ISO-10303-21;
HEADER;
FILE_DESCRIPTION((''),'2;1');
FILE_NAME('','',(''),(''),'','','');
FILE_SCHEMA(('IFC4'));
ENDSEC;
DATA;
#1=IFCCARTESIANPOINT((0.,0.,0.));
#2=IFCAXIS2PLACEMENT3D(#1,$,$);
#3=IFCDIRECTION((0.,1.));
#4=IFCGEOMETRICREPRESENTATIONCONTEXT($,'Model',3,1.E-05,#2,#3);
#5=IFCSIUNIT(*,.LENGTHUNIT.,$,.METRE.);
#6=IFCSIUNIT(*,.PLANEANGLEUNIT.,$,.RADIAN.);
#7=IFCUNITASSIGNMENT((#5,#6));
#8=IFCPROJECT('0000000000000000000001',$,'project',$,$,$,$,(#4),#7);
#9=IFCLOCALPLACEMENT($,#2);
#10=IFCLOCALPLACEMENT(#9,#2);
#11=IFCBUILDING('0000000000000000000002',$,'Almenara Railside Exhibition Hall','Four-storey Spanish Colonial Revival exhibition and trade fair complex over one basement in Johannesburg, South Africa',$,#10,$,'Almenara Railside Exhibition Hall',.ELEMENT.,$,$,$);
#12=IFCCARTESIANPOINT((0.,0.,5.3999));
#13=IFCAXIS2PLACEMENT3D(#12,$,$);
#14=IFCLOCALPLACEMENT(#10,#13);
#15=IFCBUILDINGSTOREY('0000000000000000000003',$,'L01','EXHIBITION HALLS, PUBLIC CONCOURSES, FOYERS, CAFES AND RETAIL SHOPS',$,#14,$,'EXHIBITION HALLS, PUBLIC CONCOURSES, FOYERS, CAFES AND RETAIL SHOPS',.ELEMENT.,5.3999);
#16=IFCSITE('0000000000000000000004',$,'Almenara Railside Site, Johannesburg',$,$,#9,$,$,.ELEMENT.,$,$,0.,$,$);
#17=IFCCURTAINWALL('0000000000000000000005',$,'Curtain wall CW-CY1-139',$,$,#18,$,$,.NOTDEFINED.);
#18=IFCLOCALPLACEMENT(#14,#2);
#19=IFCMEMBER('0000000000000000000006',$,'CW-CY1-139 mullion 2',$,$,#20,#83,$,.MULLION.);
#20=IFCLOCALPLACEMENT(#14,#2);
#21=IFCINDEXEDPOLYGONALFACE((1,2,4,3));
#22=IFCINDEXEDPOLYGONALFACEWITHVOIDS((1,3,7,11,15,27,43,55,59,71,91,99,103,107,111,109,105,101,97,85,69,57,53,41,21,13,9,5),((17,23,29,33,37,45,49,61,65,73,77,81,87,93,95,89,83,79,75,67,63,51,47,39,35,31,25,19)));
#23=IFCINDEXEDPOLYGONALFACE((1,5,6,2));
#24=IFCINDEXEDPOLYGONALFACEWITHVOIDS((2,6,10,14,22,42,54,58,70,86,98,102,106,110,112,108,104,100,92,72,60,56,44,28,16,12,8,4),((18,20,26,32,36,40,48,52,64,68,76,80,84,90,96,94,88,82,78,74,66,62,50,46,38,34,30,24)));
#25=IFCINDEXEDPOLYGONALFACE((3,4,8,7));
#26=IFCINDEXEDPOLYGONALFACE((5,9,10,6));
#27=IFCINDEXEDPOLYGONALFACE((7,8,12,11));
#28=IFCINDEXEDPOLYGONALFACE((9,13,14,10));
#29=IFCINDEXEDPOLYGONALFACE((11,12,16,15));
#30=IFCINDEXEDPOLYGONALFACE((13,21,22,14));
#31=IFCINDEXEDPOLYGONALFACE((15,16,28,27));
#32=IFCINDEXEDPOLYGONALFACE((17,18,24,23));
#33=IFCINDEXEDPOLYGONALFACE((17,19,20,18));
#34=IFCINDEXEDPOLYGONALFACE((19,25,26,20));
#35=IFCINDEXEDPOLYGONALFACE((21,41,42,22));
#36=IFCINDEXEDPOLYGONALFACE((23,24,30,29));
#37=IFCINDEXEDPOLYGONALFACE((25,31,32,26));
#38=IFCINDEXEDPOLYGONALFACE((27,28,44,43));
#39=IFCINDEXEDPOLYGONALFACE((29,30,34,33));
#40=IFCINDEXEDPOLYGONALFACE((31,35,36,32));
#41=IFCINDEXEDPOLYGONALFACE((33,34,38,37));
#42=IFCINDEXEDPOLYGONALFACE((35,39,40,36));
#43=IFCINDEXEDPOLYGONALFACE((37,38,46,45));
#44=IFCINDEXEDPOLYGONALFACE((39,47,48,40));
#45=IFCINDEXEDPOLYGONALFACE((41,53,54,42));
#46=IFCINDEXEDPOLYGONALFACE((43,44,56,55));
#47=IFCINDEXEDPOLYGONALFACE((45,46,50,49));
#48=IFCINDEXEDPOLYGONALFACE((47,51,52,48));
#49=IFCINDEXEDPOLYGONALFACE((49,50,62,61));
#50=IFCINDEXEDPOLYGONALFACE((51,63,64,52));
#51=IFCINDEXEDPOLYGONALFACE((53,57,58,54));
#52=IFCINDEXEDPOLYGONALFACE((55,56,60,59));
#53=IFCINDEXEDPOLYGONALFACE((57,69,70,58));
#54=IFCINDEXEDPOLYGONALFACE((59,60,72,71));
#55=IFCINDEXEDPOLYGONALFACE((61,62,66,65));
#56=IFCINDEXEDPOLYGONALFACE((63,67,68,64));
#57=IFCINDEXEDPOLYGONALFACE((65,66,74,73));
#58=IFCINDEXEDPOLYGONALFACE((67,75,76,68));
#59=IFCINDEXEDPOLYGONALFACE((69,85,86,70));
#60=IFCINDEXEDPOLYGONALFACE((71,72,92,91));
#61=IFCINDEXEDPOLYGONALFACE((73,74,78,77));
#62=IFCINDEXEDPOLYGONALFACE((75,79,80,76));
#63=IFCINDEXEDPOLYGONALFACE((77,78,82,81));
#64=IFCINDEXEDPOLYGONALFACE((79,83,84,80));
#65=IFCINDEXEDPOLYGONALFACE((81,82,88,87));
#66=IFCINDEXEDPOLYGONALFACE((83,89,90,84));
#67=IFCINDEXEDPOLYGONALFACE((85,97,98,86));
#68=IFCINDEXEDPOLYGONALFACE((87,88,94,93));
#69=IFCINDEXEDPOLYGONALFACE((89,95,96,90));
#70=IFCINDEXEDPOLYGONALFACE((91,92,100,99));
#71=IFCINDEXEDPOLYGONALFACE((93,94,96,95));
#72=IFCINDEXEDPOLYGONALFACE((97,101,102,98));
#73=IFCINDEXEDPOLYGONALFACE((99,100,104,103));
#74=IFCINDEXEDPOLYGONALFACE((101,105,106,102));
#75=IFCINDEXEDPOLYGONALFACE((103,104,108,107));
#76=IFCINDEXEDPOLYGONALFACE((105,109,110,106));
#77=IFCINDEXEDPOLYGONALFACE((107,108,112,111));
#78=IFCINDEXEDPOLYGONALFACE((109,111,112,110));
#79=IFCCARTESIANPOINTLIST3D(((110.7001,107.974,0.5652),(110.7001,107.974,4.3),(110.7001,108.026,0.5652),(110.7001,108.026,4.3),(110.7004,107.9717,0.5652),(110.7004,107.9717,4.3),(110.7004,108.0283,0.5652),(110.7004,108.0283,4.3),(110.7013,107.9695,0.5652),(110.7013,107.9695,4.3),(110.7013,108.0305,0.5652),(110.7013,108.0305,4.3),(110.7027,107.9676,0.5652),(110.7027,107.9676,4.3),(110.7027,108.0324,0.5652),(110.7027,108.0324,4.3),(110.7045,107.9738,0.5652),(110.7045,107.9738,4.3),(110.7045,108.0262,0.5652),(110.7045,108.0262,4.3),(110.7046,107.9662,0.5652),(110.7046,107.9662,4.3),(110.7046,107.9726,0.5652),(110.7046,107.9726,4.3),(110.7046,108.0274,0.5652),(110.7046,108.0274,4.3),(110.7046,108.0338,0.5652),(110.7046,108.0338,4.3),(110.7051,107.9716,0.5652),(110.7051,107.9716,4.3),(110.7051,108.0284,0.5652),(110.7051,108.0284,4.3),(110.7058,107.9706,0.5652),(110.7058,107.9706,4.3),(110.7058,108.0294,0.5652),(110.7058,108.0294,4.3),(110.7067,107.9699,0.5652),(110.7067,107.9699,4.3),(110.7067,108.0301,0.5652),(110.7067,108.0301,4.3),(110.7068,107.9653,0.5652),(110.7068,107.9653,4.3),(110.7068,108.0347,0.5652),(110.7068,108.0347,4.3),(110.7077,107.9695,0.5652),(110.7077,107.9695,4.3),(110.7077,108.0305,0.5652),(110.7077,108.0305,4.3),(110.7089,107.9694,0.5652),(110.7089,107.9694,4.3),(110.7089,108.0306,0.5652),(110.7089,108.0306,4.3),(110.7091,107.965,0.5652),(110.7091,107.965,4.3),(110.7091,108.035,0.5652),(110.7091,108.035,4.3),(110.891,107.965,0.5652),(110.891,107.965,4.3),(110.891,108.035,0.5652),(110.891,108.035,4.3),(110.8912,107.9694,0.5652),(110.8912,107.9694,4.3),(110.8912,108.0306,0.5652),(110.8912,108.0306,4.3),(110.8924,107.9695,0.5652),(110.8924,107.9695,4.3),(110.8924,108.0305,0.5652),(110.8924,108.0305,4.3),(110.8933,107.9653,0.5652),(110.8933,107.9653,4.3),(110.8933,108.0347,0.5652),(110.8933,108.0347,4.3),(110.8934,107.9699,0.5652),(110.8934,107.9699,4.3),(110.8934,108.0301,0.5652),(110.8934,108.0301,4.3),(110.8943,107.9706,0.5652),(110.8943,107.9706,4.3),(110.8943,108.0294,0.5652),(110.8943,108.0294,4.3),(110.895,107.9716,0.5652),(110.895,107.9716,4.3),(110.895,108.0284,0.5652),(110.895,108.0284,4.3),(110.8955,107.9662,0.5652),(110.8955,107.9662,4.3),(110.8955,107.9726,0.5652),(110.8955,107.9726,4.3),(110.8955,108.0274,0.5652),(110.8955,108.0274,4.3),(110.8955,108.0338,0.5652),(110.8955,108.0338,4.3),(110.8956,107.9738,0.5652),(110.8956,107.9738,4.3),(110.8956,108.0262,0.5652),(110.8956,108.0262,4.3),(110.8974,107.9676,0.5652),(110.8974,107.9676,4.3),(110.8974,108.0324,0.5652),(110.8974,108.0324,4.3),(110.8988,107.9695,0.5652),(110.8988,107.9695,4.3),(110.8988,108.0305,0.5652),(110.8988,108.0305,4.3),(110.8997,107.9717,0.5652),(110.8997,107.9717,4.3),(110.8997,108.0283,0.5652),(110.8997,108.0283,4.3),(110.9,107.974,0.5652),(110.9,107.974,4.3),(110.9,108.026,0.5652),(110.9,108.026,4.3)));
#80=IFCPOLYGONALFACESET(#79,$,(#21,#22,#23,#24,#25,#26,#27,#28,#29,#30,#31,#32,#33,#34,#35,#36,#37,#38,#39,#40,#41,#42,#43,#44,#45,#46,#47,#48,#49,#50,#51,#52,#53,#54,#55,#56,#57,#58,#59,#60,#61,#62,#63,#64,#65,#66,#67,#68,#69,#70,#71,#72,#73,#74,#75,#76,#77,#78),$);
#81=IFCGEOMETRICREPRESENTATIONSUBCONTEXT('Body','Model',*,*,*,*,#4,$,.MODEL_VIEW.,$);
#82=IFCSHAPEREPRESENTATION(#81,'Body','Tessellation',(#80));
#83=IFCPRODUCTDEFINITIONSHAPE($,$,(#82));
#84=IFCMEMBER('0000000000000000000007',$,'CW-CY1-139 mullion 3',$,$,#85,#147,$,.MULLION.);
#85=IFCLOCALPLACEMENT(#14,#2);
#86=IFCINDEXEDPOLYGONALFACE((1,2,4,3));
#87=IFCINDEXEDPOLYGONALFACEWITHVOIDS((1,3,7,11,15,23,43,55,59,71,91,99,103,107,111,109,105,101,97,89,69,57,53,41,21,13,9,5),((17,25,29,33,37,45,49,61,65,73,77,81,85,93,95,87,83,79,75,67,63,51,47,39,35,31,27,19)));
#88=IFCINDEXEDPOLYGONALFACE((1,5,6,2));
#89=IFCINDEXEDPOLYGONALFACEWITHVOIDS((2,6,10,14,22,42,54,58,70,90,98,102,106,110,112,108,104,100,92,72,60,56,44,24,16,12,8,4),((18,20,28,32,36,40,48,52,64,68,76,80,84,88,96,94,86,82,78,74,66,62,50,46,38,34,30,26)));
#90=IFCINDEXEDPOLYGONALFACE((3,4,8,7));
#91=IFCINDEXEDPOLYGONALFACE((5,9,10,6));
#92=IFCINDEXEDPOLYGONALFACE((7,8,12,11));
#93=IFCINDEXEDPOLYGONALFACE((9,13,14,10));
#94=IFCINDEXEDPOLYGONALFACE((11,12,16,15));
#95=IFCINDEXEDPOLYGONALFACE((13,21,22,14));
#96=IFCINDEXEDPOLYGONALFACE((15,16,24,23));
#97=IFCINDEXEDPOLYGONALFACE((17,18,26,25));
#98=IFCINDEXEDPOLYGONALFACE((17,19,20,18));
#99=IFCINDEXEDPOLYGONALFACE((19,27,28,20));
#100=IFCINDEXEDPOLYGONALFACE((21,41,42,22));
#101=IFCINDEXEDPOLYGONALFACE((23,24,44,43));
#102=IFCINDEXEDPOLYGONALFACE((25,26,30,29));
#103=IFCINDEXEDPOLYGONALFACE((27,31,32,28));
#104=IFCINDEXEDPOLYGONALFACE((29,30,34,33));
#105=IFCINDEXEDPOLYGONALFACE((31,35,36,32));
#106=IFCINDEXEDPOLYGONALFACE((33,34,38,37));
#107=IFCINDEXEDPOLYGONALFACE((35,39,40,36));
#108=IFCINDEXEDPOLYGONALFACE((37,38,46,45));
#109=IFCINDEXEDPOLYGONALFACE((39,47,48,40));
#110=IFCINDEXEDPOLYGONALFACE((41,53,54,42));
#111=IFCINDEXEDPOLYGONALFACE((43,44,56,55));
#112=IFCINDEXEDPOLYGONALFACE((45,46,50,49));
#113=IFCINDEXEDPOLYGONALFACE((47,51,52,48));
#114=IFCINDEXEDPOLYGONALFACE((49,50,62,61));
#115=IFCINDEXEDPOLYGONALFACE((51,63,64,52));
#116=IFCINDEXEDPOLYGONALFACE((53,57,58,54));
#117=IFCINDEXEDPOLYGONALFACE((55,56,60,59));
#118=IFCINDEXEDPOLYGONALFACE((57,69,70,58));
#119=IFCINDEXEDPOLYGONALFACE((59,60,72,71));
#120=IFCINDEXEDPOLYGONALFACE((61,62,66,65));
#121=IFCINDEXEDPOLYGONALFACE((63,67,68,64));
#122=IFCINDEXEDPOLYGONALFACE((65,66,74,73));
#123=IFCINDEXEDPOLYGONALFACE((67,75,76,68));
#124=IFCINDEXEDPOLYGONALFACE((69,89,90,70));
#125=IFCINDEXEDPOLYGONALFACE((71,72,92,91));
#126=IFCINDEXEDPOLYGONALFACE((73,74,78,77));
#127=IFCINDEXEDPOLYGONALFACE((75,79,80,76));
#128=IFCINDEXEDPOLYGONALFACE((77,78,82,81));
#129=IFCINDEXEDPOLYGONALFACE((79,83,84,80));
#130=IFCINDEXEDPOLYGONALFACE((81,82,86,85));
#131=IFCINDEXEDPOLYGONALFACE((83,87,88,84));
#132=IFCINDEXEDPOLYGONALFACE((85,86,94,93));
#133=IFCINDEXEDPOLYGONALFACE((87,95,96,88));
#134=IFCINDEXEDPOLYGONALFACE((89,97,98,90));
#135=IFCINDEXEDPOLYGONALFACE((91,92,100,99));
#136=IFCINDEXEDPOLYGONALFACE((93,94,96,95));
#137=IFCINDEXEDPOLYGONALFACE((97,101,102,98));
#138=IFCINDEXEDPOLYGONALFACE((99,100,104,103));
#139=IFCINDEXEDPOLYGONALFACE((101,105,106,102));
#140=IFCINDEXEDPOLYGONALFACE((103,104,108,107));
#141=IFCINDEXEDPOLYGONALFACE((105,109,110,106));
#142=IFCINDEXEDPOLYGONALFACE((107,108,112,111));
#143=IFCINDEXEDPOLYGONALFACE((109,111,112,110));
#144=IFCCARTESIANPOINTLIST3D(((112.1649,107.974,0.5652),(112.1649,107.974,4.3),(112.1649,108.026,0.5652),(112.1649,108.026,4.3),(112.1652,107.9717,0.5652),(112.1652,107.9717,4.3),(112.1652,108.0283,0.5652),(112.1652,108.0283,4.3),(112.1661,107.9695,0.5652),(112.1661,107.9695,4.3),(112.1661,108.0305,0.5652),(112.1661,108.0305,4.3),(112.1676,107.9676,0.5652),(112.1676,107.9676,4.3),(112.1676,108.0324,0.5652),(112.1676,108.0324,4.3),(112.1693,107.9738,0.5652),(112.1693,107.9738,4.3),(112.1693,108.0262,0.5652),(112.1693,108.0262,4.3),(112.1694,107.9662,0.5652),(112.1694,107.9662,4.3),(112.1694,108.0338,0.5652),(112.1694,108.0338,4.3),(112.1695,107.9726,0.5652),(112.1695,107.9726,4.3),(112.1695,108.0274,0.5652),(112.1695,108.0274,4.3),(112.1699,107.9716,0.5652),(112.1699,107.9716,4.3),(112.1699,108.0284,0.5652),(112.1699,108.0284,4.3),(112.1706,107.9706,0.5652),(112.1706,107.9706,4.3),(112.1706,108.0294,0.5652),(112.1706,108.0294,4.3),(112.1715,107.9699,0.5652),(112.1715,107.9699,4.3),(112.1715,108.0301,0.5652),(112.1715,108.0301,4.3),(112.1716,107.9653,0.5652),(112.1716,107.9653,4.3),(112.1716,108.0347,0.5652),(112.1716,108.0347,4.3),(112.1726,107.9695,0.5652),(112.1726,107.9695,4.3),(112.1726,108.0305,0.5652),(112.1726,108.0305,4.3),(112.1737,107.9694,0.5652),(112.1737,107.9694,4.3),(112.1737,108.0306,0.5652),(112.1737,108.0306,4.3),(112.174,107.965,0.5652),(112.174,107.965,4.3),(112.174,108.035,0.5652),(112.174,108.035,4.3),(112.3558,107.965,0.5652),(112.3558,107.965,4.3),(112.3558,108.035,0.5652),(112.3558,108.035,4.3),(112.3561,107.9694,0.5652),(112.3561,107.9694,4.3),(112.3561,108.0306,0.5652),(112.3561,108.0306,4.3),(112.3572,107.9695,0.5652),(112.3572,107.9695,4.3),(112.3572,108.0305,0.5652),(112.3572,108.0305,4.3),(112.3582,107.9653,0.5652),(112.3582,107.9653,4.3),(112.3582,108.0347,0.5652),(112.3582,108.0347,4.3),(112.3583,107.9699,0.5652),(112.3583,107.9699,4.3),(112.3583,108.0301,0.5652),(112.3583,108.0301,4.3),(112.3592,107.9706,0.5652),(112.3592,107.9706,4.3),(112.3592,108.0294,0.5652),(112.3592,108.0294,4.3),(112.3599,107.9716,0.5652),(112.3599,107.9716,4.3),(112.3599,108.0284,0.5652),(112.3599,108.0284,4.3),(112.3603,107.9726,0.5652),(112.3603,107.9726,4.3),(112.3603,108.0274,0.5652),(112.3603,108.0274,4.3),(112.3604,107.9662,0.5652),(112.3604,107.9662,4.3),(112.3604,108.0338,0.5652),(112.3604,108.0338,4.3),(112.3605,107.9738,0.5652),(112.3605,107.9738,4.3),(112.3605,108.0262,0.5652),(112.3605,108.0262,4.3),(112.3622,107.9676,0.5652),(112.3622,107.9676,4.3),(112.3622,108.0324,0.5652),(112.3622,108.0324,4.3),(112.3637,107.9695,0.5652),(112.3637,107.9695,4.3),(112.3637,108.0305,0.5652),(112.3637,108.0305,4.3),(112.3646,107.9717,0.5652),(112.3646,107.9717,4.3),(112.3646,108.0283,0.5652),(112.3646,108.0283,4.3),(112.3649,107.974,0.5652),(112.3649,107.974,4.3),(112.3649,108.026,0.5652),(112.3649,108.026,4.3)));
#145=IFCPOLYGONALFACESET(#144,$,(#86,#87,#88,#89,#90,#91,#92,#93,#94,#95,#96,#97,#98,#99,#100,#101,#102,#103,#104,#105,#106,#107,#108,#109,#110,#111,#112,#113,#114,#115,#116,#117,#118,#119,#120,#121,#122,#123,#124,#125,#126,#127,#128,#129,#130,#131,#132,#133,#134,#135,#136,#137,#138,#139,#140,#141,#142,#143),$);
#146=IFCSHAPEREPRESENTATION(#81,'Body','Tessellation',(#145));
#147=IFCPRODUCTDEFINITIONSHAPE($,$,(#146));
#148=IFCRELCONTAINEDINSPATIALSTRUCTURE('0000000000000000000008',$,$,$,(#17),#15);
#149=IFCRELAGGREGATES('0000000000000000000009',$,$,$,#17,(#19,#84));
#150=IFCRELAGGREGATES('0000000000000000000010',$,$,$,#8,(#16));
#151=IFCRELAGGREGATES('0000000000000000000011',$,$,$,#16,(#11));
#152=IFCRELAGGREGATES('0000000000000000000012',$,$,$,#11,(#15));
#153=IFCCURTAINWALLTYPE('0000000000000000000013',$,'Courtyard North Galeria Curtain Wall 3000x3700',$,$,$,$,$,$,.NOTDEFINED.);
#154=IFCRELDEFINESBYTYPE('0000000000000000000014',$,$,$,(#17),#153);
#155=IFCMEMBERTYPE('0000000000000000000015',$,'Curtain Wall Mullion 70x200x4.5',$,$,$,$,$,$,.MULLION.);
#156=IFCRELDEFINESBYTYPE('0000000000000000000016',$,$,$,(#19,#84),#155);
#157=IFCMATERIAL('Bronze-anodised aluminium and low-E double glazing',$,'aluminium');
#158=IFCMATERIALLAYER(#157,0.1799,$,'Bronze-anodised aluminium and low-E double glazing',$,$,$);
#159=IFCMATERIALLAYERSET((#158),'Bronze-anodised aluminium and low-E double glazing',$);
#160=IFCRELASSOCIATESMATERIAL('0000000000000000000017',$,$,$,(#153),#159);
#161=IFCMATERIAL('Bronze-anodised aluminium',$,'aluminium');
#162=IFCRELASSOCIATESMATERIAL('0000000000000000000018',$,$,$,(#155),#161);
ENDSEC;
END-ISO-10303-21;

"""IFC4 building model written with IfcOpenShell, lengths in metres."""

from ifc_helpers import new_model, si_unit, direction, frame, origin, origin_2d, place, context, subcontext, project, spatial, hollow_rectangle, extrude, material, layer, layer_set, material_profile, profile_set, type_object, element, aggregate, save


model = new_model("IFC4")

# Units and contexts
model_context = context("Model", 3, precision=1e-05, world=origin(), true_north=direction((0.0, 1.0)))
body_context = subcontext(model_context, "Body", "Model", "MODEL_VIEW")
ifc_project = project(units=[si_unit("LENGTHUNIT", "METRE"), si_unit("PLANEANGLEUNIT", "RADIAN")], contexts=[model_context])

# Site, building, storey
site_placement = place(None, origin())
site = spatial("IfcSite", under=ifc_project, at=site_placement, Name="Almenara Railside Site, Johannesburg", CompositionType="ELEMENT", RefElevation=0.0)
building_placement = place(site_placement, origin())
building = spatial("IfcBuilding", under=site, at=building_placement, Name="Almenara Railside Exhibition Hall", Description="Four-storey Spanish Colonial Revival exhibition and trade fair complex over one basement in Johannesburg, South Africa", LongName="Almenara Railside Exhibition Hall", CompositionType="ELEMENT")
storey_placement = place(building_placement, frame((0.0, 0.0, 5.3999)))
storey = spatial("IfcBuildingStorey", under=building, at=storey_placement, Name="L01", Description="EXHIBITION HALLS, PUBLIC CONCOURSES, FOYERS, CAFES AND RETAIL SHOPS", LongName="EXHIBITION HALLS, PUBLIC CONCOURSES, FOYERS, CAFES AND RETAIL SHOPS", CompositionType="ELEMENT", Elevation=5.3999)

# Shared definitions
ifc_material_1 = material(Name="Bronze-anodised aluminium and low-E double glazing", Category="aluminium")
ifc_layer_1 = layer(ifc_material_1, 0.1799, Name="Bronze-anodised aluminium and low-E double glazing")
ifc_layer_set_1 = layer_set([ifc_layer_1], Name="Bronze-anodised aluminium and low-E double glazing")
curtain_wall_type = type_object("IfcCurtainWallType", Name="Courtyard North Galeria Curtain Wall 3000x3700", PredefinedType="NOTDEFINED", material=ifc_layer_set_1)
ifc_material_2 = material(Name="Bronze-anodised aluminium", Category="aluminium")

# Curtain wall, members
curtain_wall_1_placement = place(storey_placement, origin())
curtain_wall_1 = element("IfcCurtainWall", 1, at=curtain_wall_1_placement, inside=storey, type_object=curtain_wall_type, Name="Curtain wall CW-CY1-139", PredefinedType="NOTDEFINED")
ifc_material_profile_1 = material_profile(ifc_material_2, hollow_rectangle(XDim=0.0701, YDim=0.2, WallThickness=0.0044, InnerFilletRadius=0.0044, OuterFilletRadius=0.009, at=origin_2d()), Name="ALU-MUL 70x200x4.5")
ifc_profile_set_1 = profile_set([ifc_material_profile_1], Name="Bronze-anodised aluminium")
member_type_1 = type_object("IfcMemberType", Name="Curtain Wall Mullion 70x200x4.5", PredefinedType="MULLION", material=ifc_profile_set_1)
member_1_placement = place(storey_placement, frame((110.8, 108.0, 0.5652), z_axis=(0.0, 0.0, 1.0), x_axis=(0.0, 1.0, 0.0)))
member_1 = element("IfcMember", 2, at=member_1_placement, type_object=member_type_1, Name="CW-CY1-139 mullion 2", PredefinedType="MULLION", context=body_context, shape_type="SweptSolid", body=[
    extrude(hollow_rectangle(XDim=0.0701, YDim=0.2, WallThickness=0.0044, InnerFilletRadius=0.0044, OuterFilletRadius=0.009, at=origin_2d()), origin(), (0.0, 0.0, 1.0), 3.7349),
])
member_2_placement = place(storey_placement, frame((112.2649, 108.0, 0.5652), z_axis=(0.0, 0.0, 1.0), x_axis=(0.0, 1.0, 0.0)))
member_2 = element("IfcMember", 3, at=member_2_placement, type_object=member_type_1, Name="CW-CY1-139 mullion 3", PredefinedType="MULLION", context=body_context, shape_type="SweptSolid", body=[
    extrude(hollow_rectangle(XDim=0.0701, YDim=0.2, WallThickness=0.0044, InnerFilletRadius=0.0044, OuterFilletRadius=0.009, at=origin_2d()), origin(), (0.0, 0.0, 1.0), 3.7349),
])

aggregate(curtain_wall_1, [member_1, member_2])

save(model, "model.ifc")
